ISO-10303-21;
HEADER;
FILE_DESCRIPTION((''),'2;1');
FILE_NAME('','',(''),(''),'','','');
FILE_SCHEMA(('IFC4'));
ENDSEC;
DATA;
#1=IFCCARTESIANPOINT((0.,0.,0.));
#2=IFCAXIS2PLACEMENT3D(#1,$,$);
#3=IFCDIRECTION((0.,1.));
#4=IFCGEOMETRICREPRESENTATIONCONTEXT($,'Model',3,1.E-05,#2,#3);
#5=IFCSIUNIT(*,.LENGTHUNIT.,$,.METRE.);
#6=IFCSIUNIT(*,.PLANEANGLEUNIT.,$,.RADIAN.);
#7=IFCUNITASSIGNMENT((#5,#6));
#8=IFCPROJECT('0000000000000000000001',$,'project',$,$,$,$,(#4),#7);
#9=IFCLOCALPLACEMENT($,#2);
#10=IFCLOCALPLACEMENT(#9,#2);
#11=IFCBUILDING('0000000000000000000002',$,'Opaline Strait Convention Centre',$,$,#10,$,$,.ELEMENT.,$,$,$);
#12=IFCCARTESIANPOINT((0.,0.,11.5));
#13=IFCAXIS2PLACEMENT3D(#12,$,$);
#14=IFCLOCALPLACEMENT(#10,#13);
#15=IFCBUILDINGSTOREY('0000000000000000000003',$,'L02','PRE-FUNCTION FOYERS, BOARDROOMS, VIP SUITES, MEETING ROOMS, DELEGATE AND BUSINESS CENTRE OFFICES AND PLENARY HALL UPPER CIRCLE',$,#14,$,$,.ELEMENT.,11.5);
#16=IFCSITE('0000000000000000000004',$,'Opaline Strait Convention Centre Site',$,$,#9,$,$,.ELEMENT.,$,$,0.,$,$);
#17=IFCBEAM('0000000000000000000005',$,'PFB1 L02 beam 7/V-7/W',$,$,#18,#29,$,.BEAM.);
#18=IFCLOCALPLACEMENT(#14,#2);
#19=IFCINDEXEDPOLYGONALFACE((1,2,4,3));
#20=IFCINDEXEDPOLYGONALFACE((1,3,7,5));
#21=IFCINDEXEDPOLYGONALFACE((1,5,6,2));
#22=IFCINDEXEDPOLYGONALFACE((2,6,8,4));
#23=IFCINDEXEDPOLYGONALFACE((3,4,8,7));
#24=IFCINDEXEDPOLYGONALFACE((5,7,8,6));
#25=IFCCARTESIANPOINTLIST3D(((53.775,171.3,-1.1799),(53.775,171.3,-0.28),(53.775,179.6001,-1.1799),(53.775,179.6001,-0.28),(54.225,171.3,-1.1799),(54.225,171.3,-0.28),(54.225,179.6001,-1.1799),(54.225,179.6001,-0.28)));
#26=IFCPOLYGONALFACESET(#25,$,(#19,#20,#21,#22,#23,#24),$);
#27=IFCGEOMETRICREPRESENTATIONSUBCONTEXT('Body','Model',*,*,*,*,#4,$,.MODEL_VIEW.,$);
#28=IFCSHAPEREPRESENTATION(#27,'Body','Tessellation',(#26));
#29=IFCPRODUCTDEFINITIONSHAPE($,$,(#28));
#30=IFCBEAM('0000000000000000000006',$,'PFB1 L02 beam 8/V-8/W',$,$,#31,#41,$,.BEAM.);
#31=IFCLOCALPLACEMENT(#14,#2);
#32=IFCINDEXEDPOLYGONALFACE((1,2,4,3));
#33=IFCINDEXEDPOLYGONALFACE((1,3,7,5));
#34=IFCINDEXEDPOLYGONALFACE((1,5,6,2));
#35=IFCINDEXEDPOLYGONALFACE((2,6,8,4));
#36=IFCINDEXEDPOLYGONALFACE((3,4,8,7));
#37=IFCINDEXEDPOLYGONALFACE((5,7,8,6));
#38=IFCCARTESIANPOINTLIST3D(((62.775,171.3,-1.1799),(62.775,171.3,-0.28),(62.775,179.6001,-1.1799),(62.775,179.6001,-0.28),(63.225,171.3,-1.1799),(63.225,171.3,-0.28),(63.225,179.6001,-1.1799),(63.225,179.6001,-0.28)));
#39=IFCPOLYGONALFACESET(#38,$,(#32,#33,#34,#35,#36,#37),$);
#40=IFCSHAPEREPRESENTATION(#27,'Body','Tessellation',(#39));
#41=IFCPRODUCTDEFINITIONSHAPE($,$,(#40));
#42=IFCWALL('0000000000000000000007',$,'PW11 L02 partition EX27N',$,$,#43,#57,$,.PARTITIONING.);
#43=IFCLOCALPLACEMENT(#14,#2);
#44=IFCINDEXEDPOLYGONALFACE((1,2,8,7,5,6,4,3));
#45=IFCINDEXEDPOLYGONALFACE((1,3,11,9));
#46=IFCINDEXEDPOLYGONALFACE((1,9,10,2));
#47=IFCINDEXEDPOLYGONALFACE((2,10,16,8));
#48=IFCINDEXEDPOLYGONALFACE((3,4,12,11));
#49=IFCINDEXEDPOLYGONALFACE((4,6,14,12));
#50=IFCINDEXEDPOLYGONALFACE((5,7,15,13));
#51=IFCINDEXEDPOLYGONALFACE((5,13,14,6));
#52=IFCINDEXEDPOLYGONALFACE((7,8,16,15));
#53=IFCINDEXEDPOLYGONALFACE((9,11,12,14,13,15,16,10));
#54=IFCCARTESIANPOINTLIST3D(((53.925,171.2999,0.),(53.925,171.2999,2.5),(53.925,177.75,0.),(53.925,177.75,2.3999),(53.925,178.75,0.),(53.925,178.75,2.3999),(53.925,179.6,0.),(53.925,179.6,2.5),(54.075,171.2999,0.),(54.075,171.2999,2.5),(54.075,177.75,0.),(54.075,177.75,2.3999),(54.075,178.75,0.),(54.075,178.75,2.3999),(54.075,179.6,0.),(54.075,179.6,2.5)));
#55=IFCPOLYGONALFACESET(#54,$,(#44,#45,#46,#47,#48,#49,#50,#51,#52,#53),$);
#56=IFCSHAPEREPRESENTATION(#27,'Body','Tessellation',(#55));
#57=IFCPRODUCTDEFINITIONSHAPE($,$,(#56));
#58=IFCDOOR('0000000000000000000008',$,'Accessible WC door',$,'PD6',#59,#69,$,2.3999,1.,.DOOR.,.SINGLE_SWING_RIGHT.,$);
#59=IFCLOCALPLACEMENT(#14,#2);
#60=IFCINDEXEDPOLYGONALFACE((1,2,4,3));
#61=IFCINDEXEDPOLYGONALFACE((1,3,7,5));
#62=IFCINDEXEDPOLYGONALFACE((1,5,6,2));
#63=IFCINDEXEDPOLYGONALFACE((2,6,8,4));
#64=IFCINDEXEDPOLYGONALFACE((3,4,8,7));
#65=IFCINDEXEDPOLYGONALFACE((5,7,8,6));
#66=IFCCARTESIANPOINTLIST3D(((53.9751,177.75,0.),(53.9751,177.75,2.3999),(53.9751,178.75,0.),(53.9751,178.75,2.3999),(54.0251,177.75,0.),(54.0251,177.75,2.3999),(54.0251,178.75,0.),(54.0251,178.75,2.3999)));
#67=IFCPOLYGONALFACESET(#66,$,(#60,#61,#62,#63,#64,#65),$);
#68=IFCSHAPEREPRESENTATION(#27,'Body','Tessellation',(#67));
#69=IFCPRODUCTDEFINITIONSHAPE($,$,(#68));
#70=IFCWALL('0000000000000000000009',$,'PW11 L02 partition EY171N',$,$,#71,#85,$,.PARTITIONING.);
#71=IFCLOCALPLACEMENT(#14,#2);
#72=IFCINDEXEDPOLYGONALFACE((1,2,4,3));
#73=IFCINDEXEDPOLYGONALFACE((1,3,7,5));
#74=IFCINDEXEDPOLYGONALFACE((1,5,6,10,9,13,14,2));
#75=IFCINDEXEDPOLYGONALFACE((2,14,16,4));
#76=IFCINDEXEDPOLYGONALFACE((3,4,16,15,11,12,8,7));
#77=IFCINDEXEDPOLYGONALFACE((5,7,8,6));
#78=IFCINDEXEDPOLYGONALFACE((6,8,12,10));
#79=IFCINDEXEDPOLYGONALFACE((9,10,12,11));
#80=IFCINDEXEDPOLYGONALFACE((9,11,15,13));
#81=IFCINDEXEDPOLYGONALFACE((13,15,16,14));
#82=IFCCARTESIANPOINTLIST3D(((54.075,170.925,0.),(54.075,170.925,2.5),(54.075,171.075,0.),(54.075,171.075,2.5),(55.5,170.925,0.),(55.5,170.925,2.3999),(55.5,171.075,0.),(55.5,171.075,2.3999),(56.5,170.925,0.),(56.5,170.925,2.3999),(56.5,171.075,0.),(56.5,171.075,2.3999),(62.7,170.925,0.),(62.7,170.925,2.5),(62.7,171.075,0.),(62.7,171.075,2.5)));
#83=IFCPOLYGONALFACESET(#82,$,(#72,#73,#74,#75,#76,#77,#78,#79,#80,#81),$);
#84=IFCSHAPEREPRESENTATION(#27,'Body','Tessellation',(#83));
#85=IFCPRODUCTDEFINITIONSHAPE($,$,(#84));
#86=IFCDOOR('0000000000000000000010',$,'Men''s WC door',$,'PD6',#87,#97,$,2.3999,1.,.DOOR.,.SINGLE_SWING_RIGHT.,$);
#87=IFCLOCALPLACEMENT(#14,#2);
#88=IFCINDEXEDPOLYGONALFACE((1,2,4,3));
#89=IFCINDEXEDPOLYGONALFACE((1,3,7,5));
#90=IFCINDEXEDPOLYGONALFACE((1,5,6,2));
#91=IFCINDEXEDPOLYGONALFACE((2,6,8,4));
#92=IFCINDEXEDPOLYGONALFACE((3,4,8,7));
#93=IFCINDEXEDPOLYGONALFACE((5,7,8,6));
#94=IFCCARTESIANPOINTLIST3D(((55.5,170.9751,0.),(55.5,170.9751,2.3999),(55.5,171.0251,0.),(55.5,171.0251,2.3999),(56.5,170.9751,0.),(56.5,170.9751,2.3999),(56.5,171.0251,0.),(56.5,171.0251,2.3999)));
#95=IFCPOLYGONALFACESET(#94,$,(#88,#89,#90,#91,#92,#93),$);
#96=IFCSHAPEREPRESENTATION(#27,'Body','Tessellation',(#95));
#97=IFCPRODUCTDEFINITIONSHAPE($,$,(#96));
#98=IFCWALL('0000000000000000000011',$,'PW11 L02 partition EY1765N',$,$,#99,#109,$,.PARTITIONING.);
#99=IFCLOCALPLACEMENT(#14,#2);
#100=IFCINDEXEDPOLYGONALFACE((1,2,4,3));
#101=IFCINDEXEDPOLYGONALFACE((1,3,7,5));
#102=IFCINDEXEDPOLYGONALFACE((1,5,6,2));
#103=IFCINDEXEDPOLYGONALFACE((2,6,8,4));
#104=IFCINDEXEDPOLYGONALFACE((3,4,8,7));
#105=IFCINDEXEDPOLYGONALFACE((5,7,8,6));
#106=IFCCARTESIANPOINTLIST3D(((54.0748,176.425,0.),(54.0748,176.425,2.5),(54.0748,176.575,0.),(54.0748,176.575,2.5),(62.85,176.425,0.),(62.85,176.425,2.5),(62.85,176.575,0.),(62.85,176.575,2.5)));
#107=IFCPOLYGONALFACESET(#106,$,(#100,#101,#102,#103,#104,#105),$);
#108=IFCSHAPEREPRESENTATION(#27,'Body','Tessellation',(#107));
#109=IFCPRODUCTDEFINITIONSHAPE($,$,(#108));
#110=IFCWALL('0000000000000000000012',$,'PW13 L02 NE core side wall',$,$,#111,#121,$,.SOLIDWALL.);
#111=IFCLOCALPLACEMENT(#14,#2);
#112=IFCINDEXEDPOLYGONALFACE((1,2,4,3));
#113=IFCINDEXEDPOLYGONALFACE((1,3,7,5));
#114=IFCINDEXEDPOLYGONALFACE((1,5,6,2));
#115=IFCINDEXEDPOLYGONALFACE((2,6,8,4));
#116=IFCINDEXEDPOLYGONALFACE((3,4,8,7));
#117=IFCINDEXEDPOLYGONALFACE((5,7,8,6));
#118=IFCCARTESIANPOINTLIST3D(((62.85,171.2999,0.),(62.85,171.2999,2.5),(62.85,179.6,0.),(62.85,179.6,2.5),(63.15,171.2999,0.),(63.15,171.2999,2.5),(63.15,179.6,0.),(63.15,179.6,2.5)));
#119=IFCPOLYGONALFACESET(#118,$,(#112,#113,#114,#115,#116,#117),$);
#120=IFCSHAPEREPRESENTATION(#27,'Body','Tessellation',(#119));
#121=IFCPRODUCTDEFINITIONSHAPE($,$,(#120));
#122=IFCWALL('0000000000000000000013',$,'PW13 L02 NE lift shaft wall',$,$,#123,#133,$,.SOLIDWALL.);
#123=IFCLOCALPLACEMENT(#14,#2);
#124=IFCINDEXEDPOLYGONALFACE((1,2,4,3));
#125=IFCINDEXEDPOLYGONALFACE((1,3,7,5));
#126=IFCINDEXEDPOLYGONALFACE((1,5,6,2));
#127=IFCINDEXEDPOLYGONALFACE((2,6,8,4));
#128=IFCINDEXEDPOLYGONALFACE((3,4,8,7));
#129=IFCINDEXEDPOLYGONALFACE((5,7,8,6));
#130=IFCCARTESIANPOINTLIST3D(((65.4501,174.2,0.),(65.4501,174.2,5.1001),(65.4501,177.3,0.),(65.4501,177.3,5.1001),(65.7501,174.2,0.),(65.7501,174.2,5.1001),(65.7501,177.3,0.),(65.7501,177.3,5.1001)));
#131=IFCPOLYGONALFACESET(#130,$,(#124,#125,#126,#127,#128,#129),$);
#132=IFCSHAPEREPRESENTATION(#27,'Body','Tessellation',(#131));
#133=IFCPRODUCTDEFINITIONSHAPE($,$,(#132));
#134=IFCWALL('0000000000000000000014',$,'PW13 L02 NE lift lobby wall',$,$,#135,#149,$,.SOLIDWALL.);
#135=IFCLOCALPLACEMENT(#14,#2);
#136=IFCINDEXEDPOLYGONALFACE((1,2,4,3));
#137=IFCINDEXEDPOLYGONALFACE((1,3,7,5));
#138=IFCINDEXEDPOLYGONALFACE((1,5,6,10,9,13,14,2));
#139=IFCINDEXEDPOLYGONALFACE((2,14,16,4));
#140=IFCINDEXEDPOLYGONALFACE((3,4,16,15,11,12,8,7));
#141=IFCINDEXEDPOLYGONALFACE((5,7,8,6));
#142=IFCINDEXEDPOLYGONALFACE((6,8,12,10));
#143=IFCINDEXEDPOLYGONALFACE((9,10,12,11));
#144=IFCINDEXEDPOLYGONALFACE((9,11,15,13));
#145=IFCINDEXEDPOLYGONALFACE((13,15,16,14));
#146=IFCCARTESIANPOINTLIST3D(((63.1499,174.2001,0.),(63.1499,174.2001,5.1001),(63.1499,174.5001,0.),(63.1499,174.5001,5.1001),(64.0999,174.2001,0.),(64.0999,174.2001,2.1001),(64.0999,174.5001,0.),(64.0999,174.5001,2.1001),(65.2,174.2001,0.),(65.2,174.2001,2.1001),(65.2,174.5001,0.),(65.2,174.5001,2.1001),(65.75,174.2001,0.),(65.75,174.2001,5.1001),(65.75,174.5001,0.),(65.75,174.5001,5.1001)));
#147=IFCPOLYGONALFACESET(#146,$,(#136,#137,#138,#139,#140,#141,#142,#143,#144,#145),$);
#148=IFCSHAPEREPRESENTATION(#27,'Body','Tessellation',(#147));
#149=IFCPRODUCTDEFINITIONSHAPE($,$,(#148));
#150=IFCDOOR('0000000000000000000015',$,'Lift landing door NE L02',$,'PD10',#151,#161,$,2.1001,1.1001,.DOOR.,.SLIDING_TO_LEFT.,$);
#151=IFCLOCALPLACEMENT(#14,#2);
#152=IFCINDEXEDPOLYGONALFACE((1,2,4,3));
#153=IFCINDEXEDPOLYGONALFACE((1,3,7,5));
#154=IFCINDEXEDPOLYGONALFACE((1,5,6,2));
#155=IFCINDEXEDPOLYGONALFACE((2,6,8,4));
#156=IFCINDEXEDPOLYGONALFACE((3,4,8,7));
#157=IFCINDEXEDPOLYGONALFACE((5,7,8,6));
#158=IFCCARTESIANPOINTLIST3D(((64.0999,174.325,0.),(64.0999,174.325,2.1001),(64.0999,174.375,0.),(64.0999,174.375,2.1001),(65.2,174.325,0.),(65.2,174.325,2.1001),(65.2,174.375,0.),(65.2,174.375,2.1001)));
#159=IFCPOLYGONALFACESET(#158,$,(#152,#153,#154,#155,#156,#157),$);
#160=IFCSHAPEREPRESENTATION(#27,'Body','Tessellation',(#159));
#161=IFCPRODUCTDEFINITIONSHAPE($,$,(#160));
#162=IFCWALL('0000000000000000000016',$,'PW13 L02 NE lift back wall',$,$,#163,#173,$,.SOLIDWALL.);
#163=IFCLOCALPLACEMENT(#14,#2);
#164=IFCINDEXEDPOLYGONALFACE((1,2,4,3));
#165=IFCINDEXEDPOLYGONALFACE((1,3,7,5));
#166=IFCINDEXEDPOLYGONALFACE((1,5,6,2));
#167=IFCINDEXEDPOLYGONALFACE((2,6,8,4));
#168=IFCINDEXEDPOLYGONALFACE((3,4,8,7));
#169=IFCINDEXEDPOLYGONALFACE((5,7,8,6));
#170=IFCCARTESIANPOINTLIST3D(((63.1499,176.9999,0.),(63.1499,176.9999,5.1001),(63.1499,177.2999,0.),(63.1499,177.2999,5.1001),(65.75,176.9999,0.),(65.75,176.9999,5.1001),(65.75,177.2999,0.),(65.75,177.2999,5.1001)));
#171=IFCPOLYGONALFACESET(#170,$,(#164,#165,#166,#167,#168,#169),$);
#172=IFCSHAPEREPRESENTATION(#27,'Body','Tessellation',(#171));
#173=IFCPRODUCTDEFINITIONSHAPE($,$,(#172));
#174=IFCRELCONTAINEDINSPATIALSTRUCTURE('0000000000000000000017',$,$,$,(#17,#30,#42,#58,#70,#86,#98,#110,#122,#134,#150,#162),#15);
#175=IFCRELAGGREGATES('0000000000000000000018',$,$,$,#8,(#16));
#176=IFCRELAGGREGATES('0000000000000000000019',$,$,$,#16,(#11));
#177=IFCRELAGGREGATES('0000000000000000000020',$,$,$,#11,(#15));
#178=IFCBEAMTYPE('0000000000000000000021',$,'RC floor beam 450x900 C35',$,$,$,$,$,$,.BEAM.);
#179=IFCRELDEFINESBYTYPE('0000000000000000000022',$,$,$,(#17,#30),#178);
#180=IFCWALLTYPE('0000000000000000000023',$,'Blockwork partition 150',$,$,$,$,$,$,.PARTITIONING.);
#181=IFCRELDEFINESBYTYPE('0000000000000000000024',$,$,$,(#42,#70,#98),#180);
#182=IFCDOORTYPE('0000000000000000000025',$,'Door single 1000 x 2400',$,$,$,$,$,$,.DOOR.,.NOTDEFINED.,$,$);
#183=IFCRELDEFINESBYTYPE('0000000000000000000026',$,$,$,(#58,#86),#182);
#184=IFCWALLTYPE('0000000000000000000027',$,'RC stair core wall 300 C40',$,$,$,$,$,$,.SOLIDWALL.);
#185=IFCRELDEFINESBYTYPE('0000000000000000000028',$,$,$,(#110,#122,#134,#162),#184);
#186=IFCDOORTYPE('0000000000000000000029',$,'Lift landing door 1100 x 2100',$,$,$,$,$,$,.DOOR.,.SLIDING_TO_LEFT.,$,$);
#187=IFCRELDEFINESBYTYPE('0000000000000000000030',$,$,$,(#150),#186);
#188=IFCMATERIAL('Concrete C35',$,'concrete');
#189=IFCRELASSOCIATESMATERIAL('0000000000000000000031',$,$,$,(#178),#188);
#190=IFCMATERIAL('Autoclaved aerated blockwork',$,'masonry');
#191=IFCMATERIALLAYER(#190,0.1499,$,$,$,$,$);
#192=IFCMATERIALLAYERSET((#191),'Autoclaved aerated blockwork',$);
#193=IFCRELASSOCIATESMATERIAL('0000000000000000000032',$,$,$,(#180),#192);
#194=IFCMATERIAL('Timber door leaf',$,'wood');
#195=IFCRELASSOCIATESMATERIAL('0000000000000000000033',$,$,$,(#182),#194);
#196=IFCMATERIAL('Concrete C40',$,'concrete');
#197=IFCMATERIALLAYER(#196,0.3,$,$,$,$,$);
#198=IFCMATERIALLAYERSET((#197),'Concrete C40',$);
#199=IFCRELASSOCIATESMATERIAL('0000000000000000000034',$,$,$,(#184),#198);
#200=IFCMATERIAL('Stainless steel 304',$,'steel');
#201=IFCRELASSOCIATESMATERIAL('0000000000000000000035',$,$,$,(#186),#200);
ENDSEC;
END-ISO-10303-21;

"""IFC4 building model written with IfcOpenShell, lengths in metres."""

from ifc_helpers import new_model, si_unit, direction, frame, frame_2d, origin, origin_2d, place, context, subcontext, project, spatial, rectangle, extrude, material, layer, layer_set, material_profile, profile_set, type_object, element, fill, save


model = new_model("IFC4")

# Units and contexts
model_context = context("Model", 3, precision=1e-05, world=origin(), true_north=direction((0.0, 1.0)))
body_context = subcontext(model_context, "Body", "Model", "MODEL_VIEW")
ifc_project = project(units=[si_unit("LENGTHUNIT", "METRE"), si_unit("PLANEANGLEUNIT", "RADIAN")], contexts=[model_context])

# Site, building, storey
site_placement = place(None, origin())
site = spatial("IfcSite", under=ifc_project, at=site_placement, Name="Opaline Strait Convention Centre Site", CompositionType="ELEMENT", RefElevation=0.0)
building_placement = place(site_placement, origin())
building = spatial("IfcBuilding", under=site, at=building_placement, Name="Opaline Strait Convention Centre", CompositionType="ELEMENT")
storey_placement = place(building_placement, frame((0.0, 0.0, 11.5)))
storey = spatial("IfcBuildingStorey", under=building, at=storey_placement, Name="L02", Description="PRE-FUNCTION FOYERS, BOARDROOMS, VIP SUITES, MEETING ROOMS, DELEGATE AND BUSINESS CENTRE OFFICES AND PLENARY HALL UPPER CIRCLE", CompositionType="ELEMENT", Elevation=11.5)

# Beams
ifc_material_1 = material(Name="Concrete C35", Category="concrete")
ifc_material_profile = material_profile(ifc_material_1, rectangle(XDim=0.45, YDim=0.8999, at=origin_2d()), Name="RC 450x900")
ifc_profile_set = profile_set([ifc_material_profile], Name="Concrete C35")
beam_type = type_object("IfcBeamType", Name="RC floor beam 450x900 C35", PredefinedType="BEAM", material=ifc_profile_set)
for number, where, z_axis, x_axis, name in (
    (1, (54.0, 171.3, -0.73), (0.0, 1.0, 0.0), (-1.0, 0.0, 0.0), "PFB1 L02 beam 7/V-7/W"),
    (2, (63.0, 171.3, -0.73), (0.0, 1.0, 0.0), (-1.0, 0.0, 0.0), "PFB1 L02 beam 8/V-8/W"),
):
    element("IfcBeam", number, at=place(storey_placement, frame(where, z_axis=z_axis, x_axis=x_axis)), inside=storey, type_object=beam_type, Name=name, PredefinedType="BEAM", context=body_context, shape_type="SweptSolid", body=[
        extrude(rectangle(XDim=0.45, YDim=0.8999, at=origin_2d()), origin(), (0.0, 0.0, 1.0), 8.3),
    ])

# Walls, openings, doors
ifc_material_2 = material(Name="Autoclaved aerated blockwork", Category="masonry")
ifc_layer_1 = layer(ifc_material_2, 0.1499)
ifc_layer_set_1 = layer_set([ifc_layer_1], Name="Autoclaved aerated blockwork")
wall_type_1 = type_object("IfcWallType", Name="Blockwork partition 150", PredefinedType="PARTITIONING", material=ifc_layer_set_1)
wall_1_placement = place(storey_placement, frame((54.0, 171.3, 0.0), z_axis=(0.0, 0.0, 1.0), x_axis=(0.0, 1.0, 0.0)))
wall_1 = element("IfcWall", 3, at=wall_1_placement, inside=storey, type_object=wall_type_1, Name="PW11 L02 partition EX27N", PredefinedType="PARTITIONING", context=body_context, shape_type="SweptSolid", body=[
    extrude(rectangle(XDim=8.3, YDim=0.1499, at=frame_2d((4.1499, 0.0))), origin(), (0.0, 0.0, 1.0), 2.5),
])
opening_1_placement = place(wall_1_placement, frame((6.45, 0.0, 0.0)))
opening_1 = element("IfcOpeningElement", 4, at=opening_1_placement, cuts=wall_1, PredefinedType="OPENING", context=body_context, shape_type="SweptSolid", body=[
    extrude(rectangle(XDim=1.0, YDim=2.3999, at=frame_2d((0.5, 1.2))), frame((0.0, 0.085, 0.0), z_axis=(0.0, -1.0, 0.0), x_axis=(1.0, 0.0, 0.0)), (0.0, 0.0, 1.0), 0.1699),
])
ifc_material_3 = material(Name="Timber door leaf", Category="wood")
door_type_1 = type_object("IfcDoorType", Name="Door single 1000 x 2400", OperationType="NOTDEFINED", PredefinedType="DOOR", material=ifc_material_3)
door_1_placement = place(opening_1_placement, origin())
door_1 = element("IfcDoor", 5, at=door_1_placement, inside=storey, type_object=door_type_1, Name="Accessible WC door", ObjectType="PD6", OperationType="SINGLE_SWING_RIGHT", OverallHeight=2.3999, OverallWidth=1.0, PredefinedType="DOOR", context=body_context, shape_type="SweptSolid", body=[
    extrude(rectangle(XDim=1.0, YDim=2.3999, at=frame_2d((0.5, 1.2))), frame((0.0, 0.0249, 0.0), z_axis=(0.0, -1.0, 0.0), x_axis=(1.0, 0.0, 0.0)), (0.0, 0.0, 1.0), 0.05),
])
fill(opening_1, door_1)
wall_2_placement = place(storey_placement, frame((62.7, 171.0, 0.0), z_axis=(0.0, 0.0, 1.0), x_axis=(-1.0, 0.0, 0.0)))
wall_2 = element("IfcWall", 6, at=wall_2_placement, inside=storey, type_object=wall_type_1, Name="PW11 L02 partition EY171N", PredefinedType="PARTITIONING", context=body_context, shape_type="SweptSolid", body=[
    extrude(rectangle(XDim=8.625, YDim=0.1499, at=frame_2d((4.3125, 0.0))), origin(), (0.0, 0.0, 1.0), 2.5),
])
opening_2_placement = place(wall_2_placement, frame((6.2, 0.0, 0.0)))
opening_2 = element("IfcOpeningElement", 7, at=opening_2_placement, cuts=wall_2, PredefinedType="OPENING", context=body_context, shape_type="SweptSolid", body=[
    extrude(rectangle(XDim=1.0, YDim=2.3999, at=frame_2d((0.5, 1.2))), frame((0.0, 0.085, 0.0), z_axis=(0.0, -1.0, 0.0), x_axis=(1.0, 0.0, 0.0)), (0.0, 0.0, 1.0), 0.1699),
])
door_2_placement = place(opening_2_placement, origin())
door_2 = element("IfcDoor", 8, at=door_2_placement, inside=storey, type_object=door_type_1, Name="Men's WC door", ObjectType="PD6", OperationType="SINGLE_SWING_RIGHT", OverallHeight=2.3999, OverallWidth=1.0, PredefinedType="DOOR", context=body_context, shape_type="SweptSolid", body=[
    extrude(rectangle(XDim=1.0, YDim=2.3999, at=frame_2d((0.5, 1.2))), frame((0.0, 0.0249, 0.0), z_axis=(0.0, -1.0, 0.0), x_axis=(1.0, 0.0, 0.0)), (0.0, 0.0, 1.0), 0.05),
])
fill(opening_2, door_2)

# Walls
wall_3_placement = place(storey_placement, frame((62.8501, 176.5, 0.0), z_axis=(0.0, 0.0, 1.0), x_axis=(-1.0, 0.0, 0.0)))
element("IfcWall", 9, at=wall_3_placement, inside=storey, type_object=wall_type_1, Name="PW11 L02 partition EY1765N", PredefinedType="PARTITIONING", context=body_context, shape_type="SweptSolid", body=[
    extrude(rectangle(XDim=8.7751, YDim=0.1499, at=frame_2d((4.3877, 0.0))), origin(), (0.0, 0.0, 1.0), 2.5),
])
ifc_material_4 = material(Name="Concrete C40", Category="concrete")
ifc_layer_2 = layer(ifc_material_4, 0.3)
ifc_layer_set_2 = layer_set([ifc_layer_2], Name="Concrete C40")
wall_type_2 = type_object("IfcWallType", Name="RC stair core wall 300 C40", PredefinedType="SOLIDWALL", material=ifc_layer_set_2)
wall_4_placement = place(storey_placement, frame((63.0, 171.3, 0.0), z_axis=(0.0, 0.0, 1.0), x_axis=(0.0, 1.0, 0.0)))
element("IfcWall", 10, at=wall_4_placement, inside=storey, type_object=wall_type_2, Name="PW13 L02 NE core side wall", PredefinedType="SOLIDWALL", context=body_context, shape_type="SweptSolid", body=[
    extrude(rectangle(XDim=8.3, YDim=0.3, at=frame_2d((4.1499, 0.0))), origin(), (0.0, 0.0, 1.0), 2.5),
])

# Wall
wall_5_placement = place(storey_placement, frame((65.6001, 174.2, 0.0), z_axis=(0.0, 0.0, 1.0), x_axis=(0.0, 1.0, 0.0)))
element("IfcWall", 11, at=wall_5_placement, inside=storey, type_object=wall_type_2, Name="PW13 L02 NE lift shaft wall", PredefinedType="SOLIDWALL", context=body_context, shape_type="SweptSolid", body=[
    extrude(rectangle(XDim=3.1001, YDim=0.3, at=frame_2d((1.55, 0.0))), origin(), (0.0, 0.0, 1.0), 5.1001),
])

# Wall, opening, door
wall_6_placement = place(storey_placement, frame((63.1499, 174.3501, 0.0), z_axis=(0.0, 0.0, 1.0), x_axis=(1.0, 0.0, 0.0)))
wall_6 = element("IfcWall", 12, at=wall_6_placement, inside=storey, type_object=wall_type_2, Name="PW13 L02 NE lift lobby wall", PredefinedType="SOLIDWALL", context=body_context, shape_type="SweptSolid", body=[
    extrude(rectangle(XDim=2.6001, YDim=0.3, at=frame_2d((1.3, 0.0))), origin(), (0.0, 0.0, 1.0), 5.1001),
])
opening_3_placement = place(wall_6_placement, frame((0.95, 0.0, 0.0)))
opening_3 = element("IfcOpeningElement", 13, at=opening_3_placement, cuts=wall_6, PredefinedType="OPENING", context=body_context, shape_type="SweptSolid", body=[
    extrude(rectangle(XDim=1.1001, YDim=2.1001, at=frame_2d((0.55, 1.05))), frame((0.0, 0.1599, 0.0), z_axis=(0.0, -1.0, 0.0), x_axis=(1.0, 0.0, 0.0)), (0.0, 0.0, 1.0), 0.3201),
])
ifc_material_5 = material(Name="Stainless steel 304", Category="steel")
door_type_2 = type_object("IfcDoorType", Name="Lift landing door 1100 x 2100", OperationType="SLIDING_TO_LEFT", PredefinedType="DOOR", material=ifc_material_5)
door_3_placement = place(opening_3_placement, origin())
door_3 = element("IfcDoor", 14, at=door_3_placement, inside=storey, type_object=door_type_2, Name="Lift landing door NE L02", ObjectType="PD10", OperationType="SLIDING_TO_LEFT", OverallHeight=2.1001, OverallWidth=1.1001, PredefinedType="DOOR", context=body_context, shape_type="SweptSolid", body=[
    extrude(rectangle(XDim=1.1001, YDim=2.1001, at=frame_2d((0.55, 1.05))), frame((0.0, 0.0249, 0.0), z_axis=(0.0, -1.0, 0.0), x_axis=(1.0, 0.0, 0.0)), (0.0, 0.0, 1.0), 0.05),
])
fill(opening_3, door_3)

# Wall
wall_7_placement = place(storey_placement, frame((63.1499, 177.1499, 0.0), z_axis=(0.0, 0.0, 1.0), x_axis=(1.0, 0.0, 0.0)))
element("IfcWall", 15, at=wall_7_placement, inside=storey, type_object=wall_type_2, Name="PW13 L02 NE lift back wall", PredefinedType="SOLIDWALL", context=body_context, shape_type="SweptSolid", body=[
    extrude(rectangle(XDim=2.6001, YDim=0.3, at=frame_2d((1.3, 0.0))), origin(), (0.0, 0.0, 1.0), 5.1001),
])

save(model, "model.ifc")
